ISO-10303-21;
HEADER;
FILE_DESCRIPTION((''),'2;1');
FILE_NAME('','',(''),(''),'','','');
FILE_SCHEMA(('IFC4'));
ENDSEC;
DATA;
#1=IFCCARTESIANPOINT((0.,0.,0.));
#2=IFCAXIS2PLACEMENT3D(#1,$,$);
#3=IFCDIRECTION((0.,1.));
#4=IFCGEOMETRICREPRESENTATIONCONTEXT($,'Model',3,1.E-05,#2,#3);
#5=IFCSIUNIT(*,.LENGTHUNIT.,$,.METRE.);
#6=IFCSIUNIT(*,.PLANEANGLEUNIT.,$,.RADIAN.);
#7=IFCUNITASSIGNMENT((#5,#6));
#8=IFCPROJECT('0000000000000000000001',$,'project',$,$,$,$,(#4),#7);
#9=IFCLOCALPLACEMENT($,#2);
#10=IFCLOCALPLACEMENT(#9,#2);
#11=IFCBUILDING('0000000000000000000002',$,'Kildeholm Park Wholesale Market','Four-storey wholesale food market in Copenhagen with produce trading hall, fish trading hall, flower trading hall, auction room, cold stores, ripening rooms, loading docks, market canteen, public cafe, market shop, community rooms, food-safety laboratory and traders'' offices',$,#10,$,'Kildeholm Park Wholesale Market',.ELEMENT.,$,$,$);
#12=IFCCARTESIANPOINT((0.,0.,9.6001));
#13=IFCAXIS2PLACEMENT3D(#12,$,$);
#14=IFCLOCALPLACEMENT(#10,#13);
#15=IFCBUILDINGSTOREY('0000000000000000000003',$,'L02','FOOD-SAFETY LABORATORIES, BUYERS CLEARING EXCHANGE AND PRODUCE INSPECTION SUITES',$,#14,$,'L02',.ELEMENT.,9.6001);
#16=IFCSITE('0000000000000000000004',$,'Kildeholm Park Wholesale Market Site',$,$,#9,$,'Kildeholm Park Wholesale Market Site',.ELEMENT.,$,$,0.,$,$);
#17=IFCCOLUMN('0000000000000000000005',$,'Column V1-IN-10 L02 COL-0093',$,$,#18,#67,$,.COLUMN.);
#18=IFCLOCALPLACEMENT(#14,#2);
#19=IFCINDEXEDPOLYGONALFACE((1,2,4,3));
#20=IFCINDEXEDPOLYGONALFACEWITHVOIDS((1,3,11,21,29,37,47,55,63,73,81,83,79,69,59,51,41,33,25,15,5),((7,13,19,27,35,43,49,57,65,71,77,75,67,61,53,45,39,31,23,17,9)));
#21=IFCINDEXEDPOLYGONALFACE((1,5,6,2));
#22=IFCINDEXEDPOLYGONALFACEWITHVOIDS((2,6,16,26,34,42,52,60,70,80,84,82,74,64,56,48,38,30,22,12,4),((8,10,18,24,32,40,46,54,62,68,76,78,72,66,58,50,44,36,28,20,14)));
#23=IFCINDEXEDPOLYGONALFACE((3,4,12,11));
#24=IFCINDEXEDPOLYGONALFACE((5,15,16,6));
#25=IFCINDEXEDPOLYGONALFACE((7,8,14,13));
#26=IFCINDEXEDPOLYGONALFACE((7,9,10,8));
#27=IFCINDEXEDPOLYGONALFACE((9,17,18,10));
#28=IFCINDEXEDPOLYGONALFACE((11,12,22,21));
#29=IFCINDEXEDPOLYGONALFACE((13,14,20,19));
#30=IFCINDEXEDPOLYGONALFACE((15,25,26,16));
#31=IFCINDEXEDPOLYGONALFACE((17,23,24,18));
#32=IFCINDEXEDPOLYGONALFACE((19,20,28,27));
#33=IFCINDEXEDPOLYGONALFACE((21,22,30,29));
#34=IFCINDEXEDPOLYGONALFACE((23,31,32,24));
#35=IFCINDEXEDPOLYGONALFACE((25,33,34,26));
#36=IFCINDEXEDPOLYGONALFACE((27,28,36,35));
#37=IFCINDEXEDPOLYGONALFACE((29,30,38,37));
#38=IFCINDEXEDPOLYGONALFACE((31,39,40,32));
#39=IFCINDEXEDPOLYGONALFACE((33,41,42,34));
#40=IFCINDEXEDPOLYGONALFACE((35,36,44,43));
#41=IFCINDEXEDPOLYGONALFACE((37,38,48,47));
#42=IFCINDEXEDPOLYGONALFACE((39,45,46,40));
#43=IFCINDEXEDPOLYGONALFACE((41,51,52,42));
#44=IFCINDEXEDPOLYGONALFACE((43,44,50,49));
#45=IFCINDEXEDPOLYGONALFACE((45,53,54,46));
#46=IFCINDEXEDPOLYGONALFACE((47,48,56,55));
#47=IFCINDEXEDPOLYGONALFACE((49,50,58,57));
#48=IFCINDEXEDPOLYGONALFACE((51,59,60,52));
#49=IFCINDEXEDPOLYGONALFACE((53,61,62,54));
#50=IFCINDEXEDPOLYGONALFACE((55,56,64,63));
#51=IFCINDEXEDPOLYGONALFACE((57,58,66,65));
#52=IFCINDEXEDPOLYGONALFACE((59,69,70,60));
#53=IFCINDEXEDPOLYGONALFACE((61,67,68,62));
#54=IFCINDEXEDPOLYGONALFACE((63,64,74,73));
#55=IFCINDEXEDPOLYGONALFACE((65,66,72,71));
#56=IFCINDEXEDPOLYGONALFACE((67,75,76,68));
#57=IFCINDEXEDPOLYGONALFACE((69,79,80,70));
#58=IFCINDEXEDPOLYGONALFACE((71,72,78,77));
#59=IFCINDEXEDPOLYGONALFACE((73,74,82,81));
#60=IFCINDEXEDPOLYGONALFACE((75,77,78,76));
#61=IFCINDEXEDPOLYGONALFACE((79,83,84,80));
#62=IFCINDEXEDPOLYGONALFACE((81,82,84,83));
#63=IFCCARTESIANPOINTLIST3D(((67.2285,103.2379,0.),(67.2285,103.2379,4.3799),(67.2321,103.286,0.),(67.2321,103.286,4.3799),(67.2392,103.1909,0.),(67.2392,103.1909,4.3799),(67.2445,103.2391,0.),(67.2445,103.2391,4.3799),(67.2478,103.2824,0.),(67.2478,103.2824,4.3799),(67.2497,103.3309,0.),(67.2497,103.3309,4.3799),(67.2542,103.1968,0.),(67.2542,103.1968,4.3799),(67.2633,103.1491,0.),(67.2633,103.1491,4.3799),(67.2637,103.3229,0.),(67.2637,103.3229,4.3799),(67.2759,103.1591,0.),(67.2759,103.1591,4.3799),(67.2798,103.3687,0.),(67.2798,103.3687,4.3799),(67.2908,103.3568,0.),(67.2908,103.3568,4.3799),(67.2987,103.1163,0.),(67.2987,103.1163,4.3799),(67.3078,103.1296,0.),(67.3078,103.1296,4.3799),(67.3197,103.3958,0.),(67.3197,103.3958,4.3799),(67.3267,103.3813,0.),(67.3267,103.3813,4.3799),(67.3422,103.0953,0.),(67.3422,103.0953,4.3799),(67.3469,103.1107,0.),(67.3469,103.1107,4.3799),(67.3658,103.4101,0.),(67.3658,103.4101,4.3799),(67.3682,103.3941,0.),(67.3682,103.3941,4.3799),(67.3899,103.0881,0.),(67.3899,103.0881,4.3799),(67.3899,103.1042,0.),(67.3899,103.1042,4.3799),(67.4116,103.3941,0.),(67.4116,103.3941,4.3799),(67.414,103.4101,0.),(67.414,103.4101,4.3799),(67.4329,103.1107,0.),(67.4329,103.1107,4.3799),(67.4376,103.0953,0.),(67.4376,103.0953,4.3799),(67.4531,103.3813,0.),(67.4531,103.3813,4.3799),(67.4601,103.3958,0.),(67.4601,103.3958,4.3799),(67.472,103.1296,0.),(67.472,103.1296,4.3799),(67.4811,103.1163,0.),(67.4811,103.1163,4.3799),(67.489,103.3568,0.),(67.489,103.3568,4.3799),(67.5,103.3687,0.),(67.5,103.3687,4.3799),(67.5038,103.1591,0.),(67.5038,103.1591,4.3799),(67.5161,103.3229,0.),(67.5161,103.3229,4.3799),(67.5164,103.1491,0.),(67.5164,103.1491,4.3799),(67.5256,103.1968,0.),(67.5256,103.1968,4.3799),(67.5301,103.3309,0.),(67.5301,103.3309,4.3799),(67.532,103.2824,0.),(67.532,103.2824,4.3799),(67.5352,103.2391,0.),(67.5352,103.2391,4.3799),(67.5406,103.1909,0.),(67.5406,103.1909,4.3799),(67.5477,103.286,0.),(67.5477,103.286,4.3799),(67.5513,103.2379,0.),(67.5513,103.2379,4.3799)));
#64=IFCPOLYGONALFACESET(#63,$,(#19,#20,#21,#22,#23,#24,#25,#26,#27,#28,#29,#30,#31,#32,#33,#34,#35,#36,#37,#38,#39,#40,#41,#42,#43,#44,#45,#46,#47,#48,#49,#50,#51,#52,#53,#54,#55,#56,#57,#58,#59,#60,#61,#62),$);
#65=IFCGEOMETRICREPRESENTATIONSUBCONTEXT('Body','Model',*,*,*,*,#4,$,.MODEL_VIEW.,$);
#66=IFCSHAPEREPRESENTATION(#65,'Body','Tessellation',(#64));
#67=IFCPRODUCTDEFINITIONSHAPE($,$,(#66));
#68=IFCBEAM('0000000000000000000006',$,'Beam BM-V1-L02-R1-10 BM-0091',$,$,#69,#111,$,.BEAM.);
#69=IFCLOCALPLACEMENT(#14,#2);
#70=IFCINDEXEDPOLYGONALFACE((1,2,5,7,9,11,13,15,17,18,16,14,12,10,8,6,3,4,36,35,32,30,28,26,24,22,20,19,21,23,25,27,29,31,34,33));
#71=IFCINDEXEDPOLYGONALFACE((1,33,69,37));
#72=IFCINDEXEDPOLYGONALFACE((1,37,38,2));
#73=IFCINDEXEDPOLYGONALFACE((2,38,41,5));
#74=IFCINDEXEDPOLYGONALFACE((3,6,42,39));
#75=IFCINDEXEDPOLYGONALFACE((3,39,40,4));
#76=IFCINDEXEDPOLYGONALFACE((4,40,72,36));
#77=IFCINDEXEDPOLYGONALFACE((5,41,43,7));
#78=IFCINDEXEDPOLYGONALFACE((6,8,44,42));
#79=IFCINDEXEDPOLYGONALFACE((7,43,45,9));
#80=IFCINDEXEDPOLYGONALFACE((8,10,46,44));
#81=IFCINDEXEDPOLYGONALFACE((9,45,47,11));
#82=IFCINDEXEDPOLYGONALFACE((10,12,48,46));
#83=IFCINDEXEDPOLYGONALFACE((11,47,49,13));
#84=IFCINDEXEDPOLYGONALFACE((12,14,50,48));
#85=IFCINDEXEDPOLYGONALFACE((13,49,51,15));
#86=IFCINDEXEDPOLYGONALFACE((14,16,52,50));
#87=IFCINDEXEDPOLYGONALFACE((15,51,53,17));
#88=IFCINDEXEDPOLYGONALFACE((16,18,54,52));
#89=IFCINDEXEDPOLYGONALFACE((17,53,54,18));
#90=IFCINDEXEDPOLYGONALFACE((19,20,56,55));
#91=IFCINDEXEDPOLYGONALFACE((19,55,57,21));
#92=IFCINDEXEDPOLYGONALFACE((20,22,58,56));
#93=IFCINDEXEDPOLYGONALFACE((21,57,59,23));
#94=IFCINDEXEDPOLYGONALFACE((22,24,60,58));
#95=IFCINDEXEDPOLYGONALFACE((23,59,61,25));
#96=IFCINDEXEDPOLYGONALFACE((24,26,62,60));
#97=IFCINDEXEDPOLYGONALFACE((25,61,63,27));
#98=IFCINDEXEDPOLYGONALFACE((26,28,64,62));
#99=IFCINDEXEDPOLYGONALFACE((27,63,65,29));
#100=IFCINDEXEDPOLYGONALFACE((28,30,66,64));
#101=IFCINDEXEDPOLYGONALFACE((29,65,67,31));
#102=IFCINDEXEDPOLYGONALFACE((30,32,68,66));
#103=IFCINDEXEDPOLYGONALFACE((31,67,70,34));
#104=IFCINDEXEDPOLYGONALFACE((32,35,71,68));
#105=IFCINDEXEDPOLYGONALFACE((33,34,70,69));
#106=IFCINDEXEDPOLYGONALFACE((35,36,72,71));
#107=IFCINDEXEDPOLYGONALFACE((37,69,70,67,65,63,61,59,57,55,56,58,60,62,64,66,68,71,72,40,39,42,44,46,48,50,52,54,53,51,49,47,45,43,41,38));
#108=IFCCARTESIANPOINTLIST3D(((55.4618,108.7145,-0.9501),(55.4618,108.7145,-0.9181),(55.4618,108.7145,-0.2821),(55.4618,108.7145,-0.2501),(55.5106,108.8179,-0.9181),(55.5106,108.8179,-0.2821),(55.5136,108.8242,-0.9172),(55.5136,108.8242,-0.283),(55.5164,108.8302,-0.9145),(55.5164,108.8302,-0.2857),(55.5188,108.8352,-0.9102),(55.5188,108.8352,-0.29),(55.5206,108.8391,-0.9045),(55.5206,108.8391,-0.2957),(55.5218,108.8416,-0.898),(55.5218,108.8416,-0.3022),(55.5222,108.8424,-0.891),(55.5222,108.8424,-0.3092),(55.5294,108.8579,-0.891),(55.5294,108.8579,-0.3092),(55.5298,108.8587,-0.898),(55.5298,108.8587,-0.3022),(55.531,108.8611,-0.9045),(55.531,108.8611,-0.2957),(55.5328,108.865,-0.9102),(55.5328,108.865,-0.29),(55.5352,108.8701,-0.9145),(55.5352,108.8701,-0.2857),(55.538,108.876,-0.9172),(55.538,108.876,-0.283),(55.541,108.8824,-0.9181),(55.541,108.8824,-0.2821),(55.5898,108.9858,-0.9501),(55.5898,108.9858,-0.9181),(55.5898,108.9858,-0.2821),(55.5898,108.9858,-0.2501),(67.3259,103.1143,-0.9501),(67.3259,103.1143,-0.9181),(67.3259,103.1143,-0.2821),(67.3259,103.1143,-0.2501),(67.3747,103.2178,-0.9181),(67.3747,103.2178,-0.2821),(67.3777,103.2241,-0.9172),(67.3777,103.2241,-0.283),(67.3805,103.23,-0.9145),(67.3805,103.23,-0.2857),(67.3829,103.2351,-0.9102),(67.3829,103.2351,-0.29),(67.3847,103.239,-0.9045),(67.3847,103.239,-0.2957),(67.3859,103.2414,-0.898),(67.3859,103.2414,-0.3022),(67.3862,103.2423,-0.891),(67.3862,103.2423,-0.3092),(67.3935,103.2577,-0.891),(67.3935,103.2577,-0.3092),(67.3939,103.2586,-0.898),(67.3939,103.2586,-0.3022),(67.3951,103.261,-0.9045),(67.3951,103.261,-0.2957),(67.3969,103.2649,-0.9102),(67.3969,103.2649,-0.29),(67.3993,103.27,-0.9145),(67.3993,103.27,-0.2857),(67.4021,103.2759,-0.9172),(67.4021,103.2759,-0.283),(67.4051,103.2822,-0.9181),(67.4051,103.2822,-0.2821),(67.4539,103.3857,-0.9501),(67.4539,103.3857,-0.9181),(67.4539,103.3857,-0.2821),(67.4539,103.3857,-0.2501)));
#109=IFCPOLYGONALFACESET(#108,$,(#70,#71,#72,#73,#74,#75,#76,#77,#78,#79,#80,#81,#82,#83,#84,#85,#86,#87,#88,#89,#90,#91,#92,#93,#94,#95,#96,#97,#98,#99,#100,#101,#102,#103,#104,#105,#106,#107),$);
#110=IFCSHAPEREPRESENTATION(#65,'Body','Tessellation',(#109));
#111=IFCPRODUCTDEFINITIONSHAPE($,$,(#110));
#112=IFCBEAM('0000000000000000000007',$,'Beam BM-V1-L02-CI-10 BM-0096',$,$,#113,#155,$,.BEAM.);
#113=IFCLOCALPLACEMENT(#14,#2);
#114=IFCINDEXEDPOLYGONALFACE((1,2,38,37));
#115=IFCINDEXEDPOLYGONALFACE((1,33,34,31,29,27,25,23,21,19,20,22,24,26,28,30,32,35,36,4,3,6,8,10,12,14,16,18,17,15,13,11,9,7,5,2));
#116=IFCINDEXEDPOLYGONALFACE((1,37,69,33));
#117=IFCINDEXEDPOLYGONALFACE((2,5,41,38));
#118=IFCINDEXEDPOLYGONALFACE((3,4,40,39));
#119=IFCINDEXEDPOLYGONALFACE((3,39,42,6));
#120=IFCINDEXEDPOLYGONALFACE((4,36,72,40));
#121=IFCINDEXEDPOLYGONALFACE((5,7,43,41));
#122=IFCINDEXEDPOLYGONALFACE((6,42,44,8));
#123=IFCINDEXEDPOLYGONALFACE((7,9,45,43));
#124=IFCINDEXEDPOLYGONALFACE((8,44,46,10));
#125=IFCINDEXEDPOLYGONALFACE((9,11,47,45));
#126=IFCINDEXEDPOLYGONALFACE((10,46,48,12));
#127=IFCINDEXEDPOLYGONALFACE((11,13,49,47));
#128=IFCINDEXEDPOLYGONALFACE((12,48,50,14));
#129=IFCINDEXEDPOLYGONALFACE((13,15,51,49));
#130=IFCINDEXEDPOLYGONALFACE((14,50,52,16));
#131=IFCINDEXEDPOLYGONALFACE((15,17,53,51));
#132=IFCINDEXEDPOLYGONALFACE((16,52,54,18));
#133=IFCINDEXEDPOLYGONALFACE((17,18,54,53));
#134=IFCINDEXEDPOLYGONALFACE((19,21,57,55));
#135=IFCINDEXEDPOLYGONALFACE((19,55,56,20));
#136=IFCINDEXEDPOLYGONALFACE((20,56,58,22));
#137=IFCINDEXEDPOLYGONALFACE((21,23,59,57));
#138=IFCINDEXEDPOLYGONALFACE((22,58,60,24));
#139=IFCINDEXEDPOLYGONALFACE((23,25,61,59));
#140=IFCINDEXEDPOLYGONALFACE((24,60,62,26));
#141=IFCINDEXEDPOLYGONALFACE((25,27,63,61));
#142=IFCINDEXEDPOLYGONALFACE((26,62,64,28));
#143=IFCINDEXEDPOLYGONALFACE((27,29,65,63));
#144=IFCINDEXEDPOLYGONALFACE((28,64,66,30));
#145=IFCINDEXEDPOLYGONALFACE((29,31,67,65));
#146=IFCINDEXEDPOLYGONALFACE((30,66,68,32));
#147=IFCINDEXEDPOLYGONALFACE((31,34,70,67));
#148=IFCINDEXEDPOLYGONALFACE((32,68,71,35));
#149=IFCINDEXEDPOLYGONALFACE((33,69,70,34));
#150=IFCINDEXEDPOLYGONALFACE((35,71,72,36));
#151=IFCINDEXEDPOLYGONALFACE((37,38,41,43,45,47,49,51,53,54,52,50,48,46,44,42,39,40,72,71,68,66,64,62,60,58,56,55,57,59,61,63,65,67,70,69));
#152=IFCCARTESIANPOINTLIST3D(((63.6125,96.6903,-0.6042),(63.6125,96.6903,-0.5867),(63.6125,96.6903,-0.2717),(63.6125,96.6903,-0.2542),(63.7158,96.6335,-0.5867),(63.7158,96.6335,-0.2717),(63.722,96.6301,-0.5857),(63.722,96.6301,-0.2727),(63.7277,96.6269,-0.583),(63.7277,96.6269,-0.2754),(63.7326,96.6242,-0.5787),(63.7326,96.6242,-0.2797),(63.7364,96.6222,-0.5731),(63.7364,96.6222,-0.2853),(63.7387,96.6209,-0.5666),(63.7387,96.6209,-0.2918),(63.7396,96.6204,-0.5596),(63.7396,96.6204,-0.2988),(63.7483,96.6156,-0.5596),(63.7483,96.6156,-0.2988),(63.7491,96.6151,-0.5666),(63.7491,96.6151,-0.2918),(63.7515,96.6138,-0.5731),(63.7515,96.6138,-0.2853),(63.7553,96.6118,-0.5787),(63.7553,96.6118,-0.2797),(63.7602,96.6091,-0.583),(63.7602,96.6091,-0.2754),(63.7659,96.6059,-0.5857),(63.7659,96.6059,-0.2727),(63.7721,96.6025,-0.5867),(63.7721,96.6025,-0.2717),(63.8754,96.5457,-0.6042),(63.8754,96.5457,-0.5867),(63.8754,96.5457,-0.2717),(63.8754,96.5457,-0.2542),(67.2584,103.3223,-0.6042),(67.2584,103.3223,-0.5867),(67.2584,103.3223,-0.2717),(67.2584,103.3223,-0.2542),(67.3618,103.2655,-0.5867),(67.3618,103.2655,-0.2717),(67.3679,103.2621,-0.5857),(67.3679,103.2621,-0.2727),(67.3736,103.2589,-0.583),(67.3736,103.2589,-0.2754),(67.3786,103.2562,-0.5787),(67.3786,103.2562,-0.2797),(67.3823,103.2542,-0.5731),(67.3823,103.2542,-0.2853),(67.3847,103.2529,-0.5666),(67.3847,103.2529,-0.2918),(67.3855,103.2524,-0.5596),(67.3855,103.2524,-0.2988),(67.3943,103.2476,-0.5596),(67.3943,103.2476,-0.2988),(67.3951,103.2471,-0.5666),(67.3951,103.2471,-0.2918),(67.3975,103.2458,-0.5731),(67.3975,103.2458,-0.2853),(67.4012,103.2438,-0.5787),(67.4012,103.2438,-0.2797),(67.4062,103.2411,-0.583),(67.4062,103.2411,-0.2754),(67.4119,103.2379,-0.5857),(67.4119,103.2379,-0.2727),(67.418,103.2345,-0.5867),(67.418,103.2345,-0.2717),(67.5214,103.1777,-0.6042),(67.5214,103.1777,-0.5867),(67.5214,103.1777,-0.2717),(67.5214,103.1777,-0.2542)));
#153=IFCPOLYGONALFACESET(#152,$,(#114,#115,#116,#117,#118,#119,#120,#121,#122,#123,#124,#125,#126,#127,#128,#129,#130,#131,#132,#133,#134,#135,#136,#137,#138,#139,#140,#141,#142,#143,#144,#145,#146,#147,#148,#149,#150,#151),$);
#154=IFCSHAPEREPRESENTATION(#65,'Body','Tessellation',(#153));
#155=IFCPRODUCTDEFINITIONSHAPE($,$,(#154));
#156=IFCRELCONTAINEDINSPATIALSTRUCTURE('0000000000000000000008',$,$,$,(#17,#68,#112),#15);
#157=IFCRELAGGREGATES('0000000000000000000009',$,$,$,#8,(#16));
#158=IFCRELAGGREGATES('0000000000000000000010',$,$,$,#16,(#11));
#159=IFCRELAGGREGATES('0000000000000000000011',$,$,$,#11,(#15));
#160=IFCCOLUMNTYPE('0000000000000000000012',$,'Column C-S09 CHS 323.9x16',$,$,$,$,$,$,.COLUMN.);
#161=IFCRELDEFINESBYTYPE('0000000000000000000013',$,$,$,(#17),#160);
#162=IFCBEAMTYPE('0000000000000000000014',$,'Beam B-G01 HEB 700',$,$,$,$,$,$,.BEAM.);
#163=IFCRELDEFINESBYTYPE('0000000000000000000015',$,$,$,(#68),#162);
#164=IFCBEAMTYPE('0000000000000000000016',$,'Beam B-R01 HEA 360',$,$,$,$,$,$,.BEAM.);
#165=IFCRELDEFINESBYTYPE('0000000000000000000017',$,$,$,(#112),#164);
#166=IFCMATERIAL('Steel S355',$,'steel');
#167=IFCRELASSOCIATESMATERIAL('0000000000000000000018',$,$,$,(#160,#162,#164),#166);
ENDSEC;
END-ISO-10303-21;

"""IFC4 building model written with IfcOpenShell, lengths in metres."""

from ifc_helpers import new_model, si_unit, direction, frame, origin, origin_2d, place, context, subcontext, project, spatial, hollow_circle, i_section, extrude, material, material_profile, profile_set, type_object, element, save


model = new_model("IFC4")

# Units and contexts
model_context = context("Model", 3, precision=1e-05, world=origin(), true_north=direction((0.0, 1.0)))
body_context = subcontext(model_context, "Body", "Model", "MODEL_VIEW")
ifc_project = project(units=[si_unit("LENGTHUNIT", "METRE"), si_unit("PLANEANGLEUNIT", "RADIAN")], contexts=[model_context])

# Site, building, storey
site_placement = place(None, origin())
site = spatial("IfcSite", under=ifc_project, at=site_placement, Name="Kildeholm Park Wholesale Market Site", LongName="Kildeholm Park Wholesale Market Site", CompositionType="ELEMENT", RefElevation=0.0)
building_placement = place(site_placement, origin())
building = spatial("IfcBuilding", under=site, at=building_placement, Name="Kildeholm Park Wholesale Market", Description="Four-storey wholesale food market in Copenhagen with produce trading hall, fish trading hall, flower trading hall, auction room, cold stores, ripening rooms, loading docks, market canteen, public cafe, market shop, community rooms, food-safety laboratory and traders' offices", LongName="Kildeholm Park Wholesale Market", CompositionType="ELEMENT")
storey_placement = place(building_placement, frame((0.0, 0.0, 9.6001)))
storey = spatial("IfcBuildingStorey", under=building, at=storey_placement, Name="L02", Description="FOOD-SAFETY LABORATORIES, BUYERS CLEARING EXCHANGE AND PRODUCE INSPECTION SUITES", LongName="L02", CompositionType="ELEMENT", Elevation=9.6001)

# Column
ifc_material_1 = material(Name="Steel S355", Category="steel")
ifc_material_profile_1 = material_profile(ifc_material_1, hollow_circle(Radius=0.1619, WallThickness=0.0161, at=origin_2d()), Name="CHS 323.9x16")
ifc_profile_set_1 = profile_set([ifc_material_profile_1], Name="Steel S355")
column_type = type_object("IfcColumnType", Name="Column C-S09 CHS 323.9x16", PredefinedType="COLUMN", material=ifc_profile_set_1)
column_placement = place(storey_placement, frame((67.3899, 103.25, 0.0), z_axis=(0.0, 0.0, 1.0), x_axis=(-0.866025, 0.5, 0.0)))
element("IfcColumn", 1, at=column_placement, inside=storey, type_object=column_type, Name="Column V1-IN-10 L02 COL-0093", PredefinedType="COLUMN", context=body_context, shape_type="SweptSolid", body=[
    extrude(hollow_circle(Radius=0.1619, WallThickness=0.0161, at=origin_2d()), origin(), (0.0, 0.0, 1.0), 4.3799),
])

# Beams
ifc_material_profile_2 = material_profile(ifc_material_1, i_section(OverallWidth=0.3, OverallDepth=0.7, WebThickness=0.0171, FlangeThickness=0.032, FilletRadius=0.0271, at=origin_2d()), Name="HEB 700")
ifc_profile_set_2 = profile_set([ifc_material_profile_2], Name="Steel S355")
beam_type_1 = type_object("IfcBeamType", Name="Beam B-G01 HEB 700", PredefinedType="BEAM", material=ifc_profile_set_2)
beam_1_placement = place(storey_placement, frame((67.3899, 103.25, -0.6001), z_axis=(-0.904318, 0.42686, 0.0), x_axis=(-0.42686, -0.904318, 0.0)))
element("IfcBeam", 2, at=beam_1_placement, inside=storey, type_object=beam_type_1, Name="Beam BM-V1-L02-R1-10 BM-0091", PredefinedType="BEAM", context=body_context, shape_type="SweptSolid", body=[
    extrude(i_section(OverallWidth=0.3, OverallDepth=0.7, WebThickness=0.0171, FlangeThickness=0.032, FilletRadius=0.0271, at=origin_2d()), origin(), (0.0, 0.0, 1.0), 13.1194),
])
ifc_material_profile_3 = material_profile(ifc_material_1, i_section(OverallWidth=0.3, OverallDepth=0.3501, WebThickness=0.01, FlangeThickness=0.0176, FilletRadius=0.0271, at=origin_2d()), Name="HEA 360")
ifc_profile_set_3 = profile_set([ifc_material_profile_3], Name="Steel S355")
beam_type_2 = type_object("IfcBeamType", Name="Beam B-R01 HEA 360", PredefinedType="BEAM", material=ifc_profile_set_3)
beam_2_placement = place(storey_placement, frame((67.3899, 103.25, -0.4292), z_axis=(-0.481752, -0.876308, 0.0), x_axis=(0.876308, -0.481752, 0.0)))
element("IfcBeam", 3, at=beam_2_placement, inside=storey, type_object=beam_type_2, Name="Beam BM-V1-L02-CI-10 BM-0096", PredefinedType="BEAM", context=body_context, shape_type="SweptSolid", body=[
    extrude(i_section(OverallWidth=0.3, OverallDepth=0.3501, WebThickness=0.01, FlangeThickness=0.0176, FilletRadius=0.0271, at=origin_2d()), origin(), (0.0, 0.0, 1.0), 7.5681),
])

save(model, "model.ifc")
